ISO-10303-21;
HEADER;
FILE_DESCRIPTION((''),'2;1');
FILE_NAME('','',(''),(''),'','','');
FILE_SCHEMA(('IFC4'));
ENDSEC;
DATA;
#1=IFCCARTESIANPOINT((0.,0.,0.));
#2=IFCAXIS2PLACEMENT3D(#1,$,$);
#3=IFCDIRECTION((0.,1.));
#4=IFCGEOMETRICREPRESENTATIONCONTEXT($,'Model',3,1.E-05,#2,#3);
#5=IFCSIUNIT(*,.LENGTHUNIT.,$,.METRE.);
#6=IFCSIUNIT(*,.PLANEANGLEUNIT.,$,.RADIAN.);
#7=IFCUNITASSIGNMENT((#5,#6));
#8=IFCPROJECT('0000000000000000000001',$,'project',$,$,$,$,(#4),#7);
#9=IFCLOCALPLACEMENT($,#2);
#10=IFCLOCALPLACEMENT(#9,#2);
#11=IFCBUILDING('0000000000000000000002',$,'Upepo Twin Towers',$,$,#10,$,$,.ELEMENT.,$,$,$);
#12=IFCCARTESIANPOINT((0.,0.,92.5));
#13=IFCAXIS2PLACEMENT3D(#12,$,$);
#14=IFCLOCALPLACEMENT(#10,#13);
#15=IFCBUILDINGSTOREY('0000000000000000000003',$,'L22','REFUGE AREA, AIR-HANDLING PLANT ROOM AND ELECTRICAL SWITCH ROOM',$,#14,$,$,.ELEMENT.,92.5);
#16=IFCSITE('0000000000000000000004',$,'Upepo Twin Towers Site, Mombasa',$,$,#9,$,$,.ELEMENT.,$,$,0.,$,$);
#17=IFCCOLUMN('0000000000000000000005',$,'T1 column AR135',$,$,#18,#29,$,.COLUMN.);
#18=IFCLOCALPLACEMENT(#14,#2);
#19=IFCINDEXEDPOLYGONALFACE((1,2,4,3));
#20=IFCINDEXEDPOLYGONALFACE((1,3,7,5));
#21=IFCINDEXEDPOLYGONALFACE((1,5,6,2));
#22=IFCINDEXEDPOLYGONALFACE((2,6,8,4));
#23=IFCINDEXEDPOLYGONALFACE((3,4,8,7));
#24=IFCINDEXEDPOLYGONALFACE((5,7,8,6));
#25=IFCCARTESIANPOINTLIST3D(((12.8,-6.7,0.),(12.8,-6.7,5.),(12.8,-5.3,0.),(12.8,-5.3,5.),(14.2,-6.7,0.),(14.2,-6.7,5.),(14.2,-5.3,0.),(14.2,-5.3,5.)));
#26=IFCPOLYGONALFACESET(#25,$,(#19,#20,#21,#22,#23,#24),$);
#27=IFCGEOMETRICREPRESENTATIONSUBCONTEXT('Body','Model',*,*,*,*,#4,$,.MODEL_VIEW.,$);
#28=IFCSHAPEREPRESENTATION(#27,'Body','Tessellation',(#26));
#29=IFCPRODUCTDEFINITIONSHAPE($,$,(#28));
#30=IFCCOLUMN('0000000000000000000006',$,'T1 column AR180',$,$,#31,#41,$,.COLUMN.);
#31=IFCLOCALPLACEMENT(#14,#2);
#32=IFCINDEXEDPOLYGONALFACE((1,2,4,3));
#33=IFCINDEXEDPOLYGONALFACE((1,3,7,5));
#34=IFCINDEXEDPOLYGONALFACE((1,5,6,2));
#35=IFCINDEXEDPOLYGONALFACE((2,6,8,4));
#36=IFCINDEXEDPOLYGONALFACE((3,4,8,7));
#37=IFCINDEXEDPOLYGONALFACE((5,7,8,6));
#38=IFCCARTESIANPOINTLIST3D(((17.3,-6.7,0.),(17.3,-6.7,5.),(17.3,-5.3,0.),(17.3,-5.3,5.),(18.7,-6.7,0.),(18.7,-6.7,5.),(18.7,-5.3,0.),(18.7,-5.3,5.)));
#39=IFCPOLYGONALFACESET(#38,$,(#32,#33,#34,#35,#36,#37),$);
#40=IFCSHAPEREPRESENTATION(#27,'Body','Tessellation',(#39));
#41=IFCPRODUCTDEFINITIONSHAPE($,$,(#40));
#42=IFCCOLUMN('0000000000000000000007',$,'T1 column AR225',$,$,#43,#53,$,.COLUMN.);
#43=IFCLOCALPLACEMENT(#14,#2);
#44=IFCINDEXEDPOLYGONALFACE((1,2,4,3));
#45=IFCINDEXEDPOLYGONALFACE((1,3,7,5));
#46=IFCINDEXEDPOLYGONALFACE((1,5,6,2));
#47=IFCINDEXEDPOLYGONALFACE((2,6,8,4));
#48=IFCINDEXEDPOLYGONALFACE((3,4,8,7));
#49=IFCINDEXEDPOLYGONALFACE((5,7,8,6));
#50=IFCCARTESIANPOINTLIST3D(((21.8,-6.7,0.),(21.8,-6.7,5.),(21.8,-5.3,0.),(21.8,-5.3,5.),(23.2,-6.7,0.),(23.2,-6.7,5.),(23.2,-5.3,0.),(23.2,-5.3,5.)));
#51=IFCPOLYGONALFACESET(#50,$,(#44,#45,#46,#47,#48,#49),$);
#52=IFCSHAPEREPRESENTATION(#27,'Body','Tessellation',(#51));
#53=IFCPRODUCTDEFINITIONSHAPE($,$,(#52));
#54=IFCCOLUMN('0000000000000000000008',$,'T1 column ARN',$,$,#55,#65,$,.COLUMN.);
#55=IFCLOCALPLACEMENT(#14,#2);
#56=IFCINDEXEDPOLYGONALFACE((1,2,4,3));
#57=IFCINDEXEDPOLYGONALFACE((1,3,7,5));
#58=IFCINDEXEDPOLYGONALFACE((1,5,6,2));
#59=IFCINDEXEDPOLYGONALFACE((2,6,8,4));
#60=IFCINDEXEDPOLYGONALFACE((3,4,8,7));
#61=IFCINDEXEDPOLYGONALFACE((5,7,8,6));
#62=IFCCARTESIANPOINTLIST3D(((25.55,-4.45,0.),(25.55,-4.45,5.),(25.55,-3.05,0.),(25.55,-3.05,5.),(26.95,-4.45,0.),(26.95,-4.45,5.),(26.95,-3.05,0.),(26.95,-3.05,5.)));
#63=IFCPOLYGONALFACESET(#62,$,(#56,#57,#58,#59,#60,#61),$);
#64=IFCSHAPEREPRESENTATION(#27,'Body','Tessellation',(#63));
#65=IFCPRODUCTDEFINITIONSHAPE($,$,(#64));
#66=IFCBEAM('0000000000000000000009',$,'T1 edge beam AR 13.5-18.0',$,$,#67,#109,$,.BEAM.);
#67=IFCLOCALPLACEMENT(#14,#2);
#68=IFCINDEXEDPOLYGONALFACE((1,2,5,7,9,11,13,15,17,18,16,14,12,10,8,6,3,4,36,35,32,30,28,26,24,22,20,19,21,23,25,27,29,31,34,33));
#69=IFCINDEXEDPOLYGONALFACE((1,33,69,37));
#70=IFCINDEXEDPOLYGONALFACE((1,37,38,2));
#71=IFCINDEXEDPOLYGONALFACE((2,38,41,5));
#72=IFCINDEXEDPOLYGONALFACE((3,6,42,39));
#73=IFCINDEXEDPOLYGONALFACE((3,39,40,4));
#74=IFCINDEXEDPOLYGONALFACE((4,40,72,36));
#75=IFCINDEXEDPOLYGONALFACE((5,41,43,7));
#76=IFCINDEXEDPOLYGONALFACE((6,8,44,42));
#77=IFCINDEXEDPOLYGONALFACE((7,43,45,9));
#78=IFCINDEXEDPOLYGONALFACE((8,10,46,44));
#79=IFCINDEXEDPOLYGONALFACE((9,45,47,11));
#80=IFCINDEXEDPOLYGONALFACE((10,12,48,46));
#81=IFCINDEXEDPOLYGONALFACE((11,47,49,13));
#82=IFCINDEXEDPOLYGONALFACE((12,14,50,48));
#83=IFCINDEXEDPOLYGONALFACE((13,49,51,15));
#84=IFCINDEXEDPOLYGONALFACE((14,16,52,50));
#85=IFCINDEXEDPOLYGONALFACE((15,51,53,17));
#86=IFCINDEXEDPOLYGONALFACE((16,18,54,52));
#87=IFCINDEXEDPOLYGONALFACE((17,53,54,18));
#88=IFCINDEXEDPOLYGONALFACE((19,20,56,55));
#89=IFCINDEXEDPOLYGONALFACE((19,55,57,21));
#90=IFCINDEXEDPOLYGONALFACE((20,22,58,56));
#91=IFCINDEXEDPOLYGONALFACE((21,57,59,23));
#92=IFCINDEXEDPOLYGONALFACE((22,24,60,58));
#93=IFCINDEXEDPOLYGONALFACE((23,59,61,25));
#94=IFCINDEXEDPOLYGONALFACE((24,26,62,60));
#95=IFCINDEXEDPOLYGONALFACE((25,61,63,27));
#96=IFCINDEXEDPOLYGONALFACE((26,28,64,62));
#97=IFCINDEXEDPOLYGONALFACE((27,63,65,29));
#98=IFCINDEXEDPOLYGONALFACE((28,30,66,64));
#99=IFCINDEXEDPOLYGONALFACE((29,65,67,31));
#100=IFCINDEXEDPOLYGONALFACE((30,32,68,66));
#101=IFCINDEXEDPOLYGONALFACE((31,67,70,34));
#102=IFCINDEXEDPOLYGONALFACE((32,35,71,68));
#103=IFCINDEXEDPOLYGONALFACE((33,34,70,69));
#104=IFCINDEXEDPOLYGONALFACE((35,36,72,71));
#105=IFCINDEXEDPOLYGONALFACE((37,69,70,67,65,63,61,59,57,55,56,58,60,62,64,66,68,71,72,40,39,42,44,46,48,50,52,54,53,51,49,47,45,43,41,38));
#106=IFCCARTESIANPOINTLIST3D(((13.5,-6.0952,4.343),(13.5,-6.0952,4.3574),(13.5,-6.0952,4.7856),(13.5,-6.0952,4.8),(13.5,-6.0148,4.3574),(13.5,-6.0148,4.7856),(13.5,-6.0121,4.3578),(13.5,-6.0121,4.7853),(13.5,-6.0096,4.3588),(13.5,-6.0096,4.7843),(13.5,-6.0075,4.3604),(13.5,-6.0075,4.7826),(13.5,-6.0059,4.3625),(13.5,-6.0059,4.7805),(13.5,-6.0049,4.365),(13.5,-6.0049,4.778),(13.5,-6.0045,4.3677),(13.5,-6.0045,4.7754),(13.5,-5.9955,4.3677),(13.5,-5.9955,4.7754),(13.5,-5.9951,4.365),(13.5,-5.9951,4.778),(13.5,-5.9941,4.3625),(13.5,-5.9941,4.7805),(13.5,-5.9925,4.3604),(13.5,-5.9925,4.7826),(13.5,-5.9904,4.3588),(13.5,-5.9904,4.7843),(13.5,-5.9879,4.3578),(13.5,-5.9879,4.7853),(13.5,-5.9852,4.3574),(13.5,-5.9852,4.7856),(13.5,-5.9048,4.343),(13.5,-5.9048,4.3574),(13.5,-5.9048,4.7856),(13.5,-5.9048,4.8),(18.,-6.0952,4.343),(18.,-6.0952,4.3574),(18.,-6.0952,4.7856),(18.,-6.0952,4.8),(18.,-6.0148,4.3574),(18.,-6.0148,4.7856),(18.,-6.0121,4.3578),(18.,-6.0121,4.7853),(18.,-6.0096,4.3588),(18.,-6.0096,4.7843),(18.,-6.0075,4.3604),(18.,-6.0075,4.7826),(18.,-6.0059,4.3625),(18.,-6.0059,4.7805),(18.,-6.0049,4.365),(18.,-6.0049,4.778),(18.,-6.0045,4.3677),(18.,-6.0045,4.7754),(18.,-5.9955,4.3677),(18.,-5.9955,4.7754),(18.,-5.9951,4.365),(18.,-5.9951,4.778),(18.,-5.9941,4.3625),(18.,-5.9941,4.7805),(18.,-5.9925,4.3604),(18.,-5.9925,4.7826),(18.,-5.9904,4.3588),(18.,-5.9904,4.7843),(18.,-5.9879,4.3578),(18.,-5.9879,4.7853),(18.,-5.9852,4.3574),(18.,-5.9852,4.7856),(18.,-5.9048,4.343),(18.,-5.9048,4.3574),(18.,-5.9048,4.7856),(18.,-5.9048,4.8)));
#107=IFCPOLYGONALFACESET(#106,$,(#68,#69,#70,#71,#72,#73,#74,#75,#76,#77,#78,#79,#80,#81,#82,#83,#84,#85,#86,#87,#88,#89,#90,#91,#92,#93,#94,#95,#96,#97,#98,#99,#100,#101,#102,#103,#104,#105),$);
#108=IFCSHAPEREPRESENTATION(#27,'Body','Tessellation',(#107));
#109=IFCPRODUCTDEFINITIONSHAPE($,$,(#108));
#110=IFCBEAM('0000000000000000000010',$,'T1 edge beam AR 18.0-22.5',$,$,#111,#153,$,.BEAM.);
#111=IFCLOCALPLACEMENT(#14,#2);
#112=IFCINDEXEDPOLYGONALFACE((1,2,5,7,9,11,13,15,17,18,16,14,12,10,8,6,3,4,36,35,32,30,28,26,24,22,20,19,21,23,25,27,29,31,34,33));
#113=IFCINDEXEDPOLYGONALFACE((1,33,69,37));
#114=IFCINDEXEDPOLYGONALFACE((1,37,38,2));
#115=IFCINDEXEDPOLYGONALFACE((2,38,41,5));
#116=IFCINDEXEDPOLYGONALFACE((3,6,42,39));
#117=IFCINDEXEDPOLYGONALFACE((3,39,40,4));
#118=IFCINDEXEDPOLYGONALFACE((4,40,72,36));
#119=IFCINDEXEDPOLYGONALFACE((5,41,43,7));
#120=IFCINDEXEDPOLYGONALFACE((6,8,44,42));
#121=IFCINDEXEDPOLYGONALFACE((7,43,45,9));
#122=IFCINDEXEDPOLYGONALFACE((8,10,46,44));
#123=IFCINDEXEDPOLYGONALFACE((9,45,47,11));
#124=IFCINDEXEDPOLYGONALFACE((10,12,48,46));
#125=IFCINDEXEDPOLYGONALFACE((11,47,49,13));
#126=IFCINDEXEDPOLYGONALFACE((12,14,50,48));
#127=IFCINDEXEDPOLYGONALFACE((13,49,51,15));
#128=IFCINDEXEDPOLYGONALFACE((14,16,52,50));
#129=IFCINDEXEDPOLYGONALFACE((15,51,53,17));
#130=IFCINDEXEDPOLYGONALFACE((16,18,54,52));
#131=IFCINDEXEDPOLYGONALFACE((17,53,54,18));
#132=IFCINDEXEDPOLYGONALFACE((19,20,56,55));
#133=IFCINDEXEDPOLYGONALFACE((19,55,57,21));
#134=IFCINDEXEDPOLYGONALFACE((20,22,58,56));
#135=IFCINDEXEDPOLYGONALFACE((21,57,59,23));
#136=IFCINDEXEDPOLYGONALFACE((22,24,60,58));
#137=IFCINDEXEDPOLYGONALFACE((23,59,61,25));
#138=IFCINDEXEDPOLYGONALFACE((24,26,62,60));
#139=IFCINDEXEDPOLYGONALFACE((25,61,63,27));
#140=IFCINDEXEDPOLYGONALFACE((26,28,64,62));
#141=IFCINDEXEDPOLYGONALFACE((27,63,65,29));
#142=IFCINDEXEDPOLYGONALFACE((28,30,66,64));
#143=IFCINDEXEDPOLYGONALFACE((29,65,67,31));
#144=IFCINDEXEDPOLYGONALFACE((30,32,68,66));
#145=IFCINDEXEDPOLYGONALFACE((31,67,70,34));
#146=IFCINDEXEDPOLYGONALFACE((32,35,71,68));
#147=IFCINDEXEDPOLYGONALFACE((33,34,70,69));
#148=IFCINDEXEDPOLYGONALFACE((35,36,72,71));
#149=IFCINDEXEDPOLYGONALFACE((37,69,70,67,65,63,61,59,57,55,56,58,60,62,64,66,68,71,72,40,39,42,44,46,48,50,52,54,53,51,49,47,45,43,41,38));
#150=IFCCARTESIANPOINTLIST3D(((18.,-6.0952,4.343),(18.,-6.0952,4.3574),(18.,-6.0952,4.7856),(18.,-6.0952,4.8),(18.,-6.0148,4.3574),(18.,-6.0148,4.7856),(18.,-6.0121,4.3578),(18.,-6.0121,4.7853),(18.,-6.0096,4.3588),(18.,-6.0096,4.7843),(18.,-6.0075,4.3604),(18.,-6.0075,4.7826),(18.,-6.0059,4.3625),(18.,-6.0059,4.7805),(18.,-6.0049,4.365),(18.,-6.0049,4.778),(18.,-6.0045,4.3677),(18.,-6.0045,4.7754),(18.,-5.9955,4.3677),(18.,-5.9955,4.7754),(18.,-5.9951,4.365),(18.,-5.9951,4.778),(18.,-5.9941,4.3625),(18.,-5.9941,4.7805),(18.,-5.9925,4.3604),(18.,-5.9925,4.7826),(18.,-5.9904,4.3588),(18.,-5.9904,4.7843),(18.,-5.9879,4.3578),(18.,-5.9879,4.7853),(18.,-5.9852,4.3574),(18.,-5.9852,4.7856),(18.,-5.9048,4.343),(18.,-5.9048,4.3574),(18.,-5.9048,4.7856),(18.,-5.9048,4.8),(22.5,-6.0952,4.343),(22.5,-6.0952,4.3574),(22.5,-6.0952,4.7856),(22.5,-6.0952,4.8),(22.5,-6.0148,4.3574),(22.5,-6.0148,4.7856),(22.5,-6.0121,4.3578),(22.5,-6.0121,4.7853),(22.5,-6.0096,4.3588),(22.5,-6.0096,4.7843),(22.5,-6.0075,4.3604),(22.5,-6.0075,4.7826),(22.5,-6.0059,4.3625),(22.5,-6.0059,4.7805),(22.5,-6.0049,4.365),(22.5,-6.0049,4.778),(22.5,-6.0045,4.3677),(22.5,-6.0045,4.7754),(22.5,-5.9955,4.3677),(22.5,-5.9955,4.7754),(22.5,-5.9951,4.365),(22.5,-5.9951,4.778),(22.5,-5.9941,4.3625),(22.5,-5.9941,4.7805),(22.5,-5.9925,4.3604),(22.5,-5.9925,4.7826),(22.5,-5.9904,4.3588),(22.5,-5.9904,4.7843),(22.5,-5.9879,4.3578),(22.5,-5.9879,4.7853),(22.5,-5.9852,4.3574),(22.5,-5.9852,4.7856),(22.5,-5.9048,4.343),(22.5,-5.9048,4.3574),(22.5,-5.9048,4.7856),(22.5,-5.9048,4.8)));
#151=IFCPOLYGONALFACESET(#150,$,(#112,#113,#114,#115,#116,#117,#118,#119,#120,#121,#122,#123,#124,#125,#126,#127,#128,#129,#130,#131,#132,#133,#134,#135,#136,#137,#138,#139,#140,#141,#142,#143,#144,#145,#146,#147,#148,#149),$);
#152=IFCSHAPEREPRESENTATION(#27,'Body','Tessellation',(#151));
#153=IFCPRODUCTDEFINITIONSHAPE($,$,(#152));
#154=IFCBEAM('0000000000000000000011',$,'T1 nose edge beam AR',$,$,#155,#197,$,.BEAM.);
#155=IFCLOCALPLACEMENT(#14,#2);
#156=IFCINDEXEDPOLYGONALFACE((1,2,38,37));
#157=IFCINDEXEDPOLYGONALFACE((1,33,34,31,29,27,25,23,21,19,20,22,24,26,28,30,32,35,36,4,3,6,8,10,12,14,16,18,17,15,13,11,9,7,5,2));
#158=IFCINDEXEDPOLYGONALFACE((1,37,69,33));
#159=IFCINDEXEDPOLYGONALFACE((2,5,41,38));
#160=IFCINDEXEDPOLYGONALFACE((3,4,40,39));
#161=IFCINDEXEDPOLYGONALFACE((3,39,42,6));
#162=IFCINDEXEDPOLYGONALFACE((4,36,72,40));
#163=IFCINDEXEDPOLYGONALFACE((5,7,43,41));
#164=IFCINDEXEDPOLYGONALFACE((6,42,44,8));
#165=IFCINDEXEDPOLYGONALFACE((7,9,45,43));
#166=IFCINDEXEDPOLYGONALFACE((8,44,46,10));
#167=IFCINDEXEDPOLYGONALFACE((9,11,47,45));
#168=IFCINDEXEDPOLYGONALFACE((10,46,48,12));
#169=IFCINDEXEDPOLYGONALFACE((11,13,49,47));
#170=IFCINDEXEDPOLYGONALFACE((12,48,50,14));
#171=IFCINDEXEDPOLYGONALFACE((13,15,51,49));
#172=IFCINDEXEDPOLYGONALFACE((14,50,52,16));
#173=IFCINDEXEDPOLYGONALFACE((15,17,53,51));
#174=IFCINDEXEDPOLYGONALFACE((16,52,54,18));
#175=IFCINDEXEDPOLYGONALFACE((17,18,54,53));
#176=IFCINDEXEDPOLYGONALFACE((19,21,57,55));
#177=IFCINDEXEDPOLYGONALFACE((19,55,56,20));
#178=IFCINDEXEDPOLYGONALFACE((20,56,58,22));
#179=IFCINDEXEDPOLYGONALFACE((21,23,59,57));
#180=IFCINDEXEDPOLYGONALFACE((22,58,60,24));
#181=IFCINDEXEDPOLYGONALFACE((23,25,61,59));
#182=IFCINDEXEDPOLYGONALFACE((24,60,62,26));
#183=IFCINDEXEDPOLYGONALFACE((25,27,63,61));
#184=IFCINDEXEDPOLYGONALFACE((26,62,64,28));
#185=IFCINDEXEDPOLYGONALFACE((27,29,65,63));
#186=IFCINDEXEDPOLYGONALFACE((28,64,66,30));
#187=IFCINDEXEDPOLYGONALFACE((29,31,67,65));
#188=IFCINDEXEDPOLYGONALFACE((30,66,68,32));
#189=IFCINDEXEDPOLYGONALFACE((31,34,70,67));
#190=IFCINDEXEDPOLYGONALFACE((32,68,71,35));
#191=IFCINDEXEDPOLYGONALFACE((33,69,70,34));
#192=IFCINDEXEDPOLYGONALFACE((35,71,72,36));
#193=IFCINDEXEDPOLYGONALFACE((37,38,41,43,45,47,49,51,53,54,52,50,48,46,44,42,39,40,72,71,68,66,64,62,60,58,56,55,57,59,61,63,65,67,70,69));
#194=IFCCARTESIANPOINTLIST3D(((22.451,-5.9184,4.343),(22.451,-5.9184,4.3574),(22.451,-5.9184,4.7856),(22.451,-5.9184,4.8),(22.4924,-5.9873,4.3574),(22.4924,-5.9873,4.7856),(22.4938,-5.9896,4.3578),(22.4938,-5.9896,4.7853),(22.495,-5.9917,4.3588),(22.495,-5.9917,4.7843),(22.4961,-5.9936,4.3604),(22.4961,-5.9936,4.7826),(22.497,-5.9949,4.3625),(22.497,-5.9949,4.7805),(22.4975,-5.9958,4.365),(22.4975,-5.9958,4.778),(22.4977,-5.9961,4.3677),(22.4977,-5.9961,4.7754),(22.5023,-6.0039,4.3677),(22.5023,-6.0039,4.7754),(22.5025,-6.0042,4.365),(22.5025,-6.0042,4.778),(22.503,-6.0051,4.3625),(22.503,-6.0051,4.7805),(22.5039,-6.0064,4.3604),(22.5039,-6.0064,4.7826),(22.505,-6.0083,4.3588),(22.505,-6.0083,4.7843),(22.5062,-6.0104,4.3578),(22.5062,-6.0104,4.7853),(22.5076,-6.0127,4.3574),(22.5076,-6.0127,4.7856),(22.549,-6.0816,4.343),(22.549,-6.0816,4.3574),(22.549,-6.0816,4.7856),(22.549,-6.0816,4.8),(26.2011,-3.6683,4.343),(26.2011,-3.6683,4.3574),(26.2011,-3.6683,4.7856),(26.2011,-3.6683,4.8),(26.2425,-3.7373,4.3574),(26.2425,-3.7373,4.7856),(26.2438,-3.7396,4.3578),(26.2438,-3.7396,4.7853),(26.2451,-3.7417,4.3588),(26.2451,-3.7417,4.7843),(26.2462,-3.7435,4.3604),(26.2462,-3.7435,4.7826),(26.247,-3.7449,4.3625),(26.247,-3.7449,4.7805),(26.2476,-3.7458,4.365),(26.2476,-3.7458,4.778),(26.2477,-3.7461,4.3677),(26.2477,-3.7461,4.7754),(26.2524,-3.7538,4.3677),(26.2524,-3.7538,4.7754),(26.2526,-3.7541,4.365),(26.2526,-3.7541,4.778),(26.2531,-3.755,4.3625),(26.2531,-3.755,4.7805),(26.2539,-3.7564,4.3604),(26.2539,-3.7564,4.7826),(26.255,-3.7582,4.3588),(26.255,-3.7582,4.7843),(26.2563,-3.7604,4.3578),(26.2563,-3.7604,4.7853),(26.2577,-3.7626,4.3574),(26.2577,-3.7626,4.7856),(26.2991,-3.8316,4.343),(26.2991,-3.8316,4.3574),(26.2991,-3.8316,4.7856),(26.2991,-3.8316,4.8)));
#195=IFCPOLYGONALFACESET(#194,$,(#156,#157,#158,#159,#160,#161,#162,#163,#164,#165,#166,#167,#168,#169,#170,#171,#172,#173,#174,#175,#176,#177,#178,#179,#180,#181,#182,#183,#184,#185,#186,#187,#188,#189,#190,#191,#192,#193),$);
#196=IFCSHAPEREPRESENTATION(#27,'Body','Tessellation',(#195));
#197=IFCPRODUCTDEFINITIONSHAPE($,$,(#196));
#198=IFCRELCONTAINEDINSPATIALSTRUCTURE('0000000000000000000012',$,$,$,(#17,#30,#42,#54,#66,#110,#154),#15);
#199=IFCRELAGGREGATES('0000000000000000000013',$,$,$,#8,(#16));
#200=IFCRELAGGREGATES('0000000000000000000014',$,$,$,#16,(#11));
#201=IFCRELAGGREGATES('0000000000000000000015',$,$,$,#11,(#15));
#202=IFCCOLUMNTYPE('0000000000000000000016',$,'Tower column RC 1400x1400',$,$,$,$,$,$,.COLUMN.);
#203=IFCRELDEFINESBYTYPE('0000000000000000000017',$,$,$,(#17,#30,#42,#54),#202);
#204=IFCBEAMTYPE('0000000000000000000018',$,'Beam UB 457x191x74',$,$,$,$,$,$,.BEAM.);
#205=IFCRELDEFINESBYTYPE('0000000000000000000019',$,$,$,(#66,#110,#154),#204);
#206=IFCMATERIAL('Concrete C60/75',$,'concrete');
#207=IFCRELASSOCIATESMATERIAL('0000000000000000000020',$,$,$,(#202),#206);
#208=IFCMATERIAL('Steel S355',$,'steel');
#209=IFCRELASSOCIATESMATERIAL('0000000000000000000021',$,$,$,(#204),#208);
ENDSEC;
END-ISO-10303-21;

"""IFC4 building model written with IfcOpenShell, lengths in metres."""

from ifc_helpers import new_model, si_unit, direction, frame, origin, origin_2d, place, context, subcontext, project, spatial, rectangle, i_section, extrude, material, material_profile, profile_set, type_object, element, save


model = new_model("IFC4")

# Units and contexts
model_context = context("Model", 3, precision=1e-05, world=origin(), true_north=direction((0.0, 1.0)))
body_context = subcontext(model_context, "Body", "Model", "MODEL_VIEW")
ifc_project = project(units=[si_unit("LENGTHUNIT", "METRE"), si_unit("PLANEANGLEUNIT", "RADIAN")], contexts=[model_context])

# Site, building, storey
site_placement = place(None, origin())
site = spatial("IfcSite", under=ifc_project, at=site_placement, Name="Upepo Twin Towers Site, Mombasa", CompositionType="ELEMENT", RefElevation=0.0)
building_placement = place(site_placement, origin())
building = spatial("IfcBuilding", under=site, at=building_placement, Name="Upepo Twin Towers", CompositionType="ELEMENT")
storey_placement = place(building_placement, frame((0.0, 0.0, 92.5)))
storey = spatial("IfcBuildingStorey", under=building, at=storey_placement, Name="L22", Description="REFUGE AREA, AIR-HANDLING PLANT ROOM AND ELECTRICAL SWITCH ROOM", CompositionType="ELEMENT", Elevation=92.5)

# Columns
ifc_material_1 = material(Name="Concrete C60/75", Category="concrete")
ifc_material_profile_1 = material_profile(ifc_material_1, rectangle(XDim=1.3999, YDim=1.3999, at=origin_2d()), Name="RC 1400x1400")
ifc_profile_set_1 = profile_set([ifc_material_profile_1], Name="Concrete C60/75")
column_type = type_object("IfcColumnType", Name="Tower column RC 1400x1400", PredefinedType="COLUMN", material=ifc_profile_set_1)
for number, where, z_axis, x_axis, name in (
    (1, (13.5, -6.0, 0.0), (0.0, 0.0, 1.0), (1.0, 0.0, 0.0), "T1 column AR135"),
    (2, (18.0, -6.0, 0.0), (0.0, 0.0, 1.0), (1.0, 0.0, 0.0), "T1 column AR180"),
    (3, (22.5, -6.0, 0.0), (0.0, 0.0, 1.0), (1.0, 0.0, 0.0), "T1 column AR225"),
    (4, (26.25, -3.75, 0.0), (0.0, 0.0, 1.0), (1.0, 0.0, 0.0), "T1 column ARN"),
):
    element("IfcColumn", number, at=place(storey_placement, frame(where, z_axis=z_axis, x_axis=x_axis)), inside=storey, type_object=column_type, Name=name, PredefinedType="COLUMN", context=body_context, shape_type="SweptSolid", body=[
        extrude(rectangle(XDim=1.3999, YDim=1.3999, at=origin_2d()), origin(), (0.0, 0.0, 1.0), 5.0),
    ])

# Beams
ifc_material_2 = material(Name="Steel S355", Category="steel")
ifc_material_profile_2 = material_profile(ifc_material_2, i_section(OverallWidth=0.1904, OverallDepth=0.457, WebThickness=0.009, FlangeThickness=0.0144, FilletRadius=0.0103, at=origin_2d()), Name="UB 457x191x74")
ifc_profile_set_2 = profile_set([ifc_material_profile_2], Name="Steel S355")
beam_type_1 = type_object("IfcBeamType", Name="Beam UB 457x191x74", PredefinedType="BEAM", material=ifc_profile_set_2)
for number, where, z_axis, x_axis, name in (
    (5, (13.5, -6.0, 4.5715), (1.0, 0.0, 0.0), (0.0, 1.0, 0.0), "T1 edge beam AR 13.5-18.0"),
    (6, (18.0, -6.0, 4.5715), (1.0, 0.0, 0.0), (0.0, 1.0, 0.0), "T1 edge beam AR 18.0-22.5"),
):
    element("IfcBeam", number, at=place(storey_placement, frame(where, z_axis=z_axis, x_axis=x_axis)), inside=storey, type_object=beam_type_1, Name=name, PredefinedType="BEAM", context=body_context, shape_type="SweptSolid", body=[
        extrude(i_section(OverallWidth=0.1904, OverallDepth=0.457, WebThickness=0.009, FlangeThickness=0.0144, FilletRadius=0.0103, at=origin_2d()), origin(), (0.0, 0.0, 1.0), 4.5),
    ])
beam_1_placement = place(storey_placement, frame((22.5, -6.0, 4.5715), z_axis=(0.857493, 0.514496, 0.0), x_axis=(-0.514496, 0.857493, 0.0)))
element("IfcBeam", 7, at=beam_1_placement, inside=storey, type_object=beam_type_1, Name="T1 nose edge beam AR", PredefinedType="BEAM", context=body_context, shape_type="SweptSolid", body=[
    extrude(i_section(OverallWidth=0.1904, OverallDepth=0.457, WebThickness=0.009, FlangeThickness=0.0144, FilletRadius=0.0103, at=origin_2d()), origin(), (0.0, 0.0, 1.0), 4.3733),
])

save(model, "model.ifc")
